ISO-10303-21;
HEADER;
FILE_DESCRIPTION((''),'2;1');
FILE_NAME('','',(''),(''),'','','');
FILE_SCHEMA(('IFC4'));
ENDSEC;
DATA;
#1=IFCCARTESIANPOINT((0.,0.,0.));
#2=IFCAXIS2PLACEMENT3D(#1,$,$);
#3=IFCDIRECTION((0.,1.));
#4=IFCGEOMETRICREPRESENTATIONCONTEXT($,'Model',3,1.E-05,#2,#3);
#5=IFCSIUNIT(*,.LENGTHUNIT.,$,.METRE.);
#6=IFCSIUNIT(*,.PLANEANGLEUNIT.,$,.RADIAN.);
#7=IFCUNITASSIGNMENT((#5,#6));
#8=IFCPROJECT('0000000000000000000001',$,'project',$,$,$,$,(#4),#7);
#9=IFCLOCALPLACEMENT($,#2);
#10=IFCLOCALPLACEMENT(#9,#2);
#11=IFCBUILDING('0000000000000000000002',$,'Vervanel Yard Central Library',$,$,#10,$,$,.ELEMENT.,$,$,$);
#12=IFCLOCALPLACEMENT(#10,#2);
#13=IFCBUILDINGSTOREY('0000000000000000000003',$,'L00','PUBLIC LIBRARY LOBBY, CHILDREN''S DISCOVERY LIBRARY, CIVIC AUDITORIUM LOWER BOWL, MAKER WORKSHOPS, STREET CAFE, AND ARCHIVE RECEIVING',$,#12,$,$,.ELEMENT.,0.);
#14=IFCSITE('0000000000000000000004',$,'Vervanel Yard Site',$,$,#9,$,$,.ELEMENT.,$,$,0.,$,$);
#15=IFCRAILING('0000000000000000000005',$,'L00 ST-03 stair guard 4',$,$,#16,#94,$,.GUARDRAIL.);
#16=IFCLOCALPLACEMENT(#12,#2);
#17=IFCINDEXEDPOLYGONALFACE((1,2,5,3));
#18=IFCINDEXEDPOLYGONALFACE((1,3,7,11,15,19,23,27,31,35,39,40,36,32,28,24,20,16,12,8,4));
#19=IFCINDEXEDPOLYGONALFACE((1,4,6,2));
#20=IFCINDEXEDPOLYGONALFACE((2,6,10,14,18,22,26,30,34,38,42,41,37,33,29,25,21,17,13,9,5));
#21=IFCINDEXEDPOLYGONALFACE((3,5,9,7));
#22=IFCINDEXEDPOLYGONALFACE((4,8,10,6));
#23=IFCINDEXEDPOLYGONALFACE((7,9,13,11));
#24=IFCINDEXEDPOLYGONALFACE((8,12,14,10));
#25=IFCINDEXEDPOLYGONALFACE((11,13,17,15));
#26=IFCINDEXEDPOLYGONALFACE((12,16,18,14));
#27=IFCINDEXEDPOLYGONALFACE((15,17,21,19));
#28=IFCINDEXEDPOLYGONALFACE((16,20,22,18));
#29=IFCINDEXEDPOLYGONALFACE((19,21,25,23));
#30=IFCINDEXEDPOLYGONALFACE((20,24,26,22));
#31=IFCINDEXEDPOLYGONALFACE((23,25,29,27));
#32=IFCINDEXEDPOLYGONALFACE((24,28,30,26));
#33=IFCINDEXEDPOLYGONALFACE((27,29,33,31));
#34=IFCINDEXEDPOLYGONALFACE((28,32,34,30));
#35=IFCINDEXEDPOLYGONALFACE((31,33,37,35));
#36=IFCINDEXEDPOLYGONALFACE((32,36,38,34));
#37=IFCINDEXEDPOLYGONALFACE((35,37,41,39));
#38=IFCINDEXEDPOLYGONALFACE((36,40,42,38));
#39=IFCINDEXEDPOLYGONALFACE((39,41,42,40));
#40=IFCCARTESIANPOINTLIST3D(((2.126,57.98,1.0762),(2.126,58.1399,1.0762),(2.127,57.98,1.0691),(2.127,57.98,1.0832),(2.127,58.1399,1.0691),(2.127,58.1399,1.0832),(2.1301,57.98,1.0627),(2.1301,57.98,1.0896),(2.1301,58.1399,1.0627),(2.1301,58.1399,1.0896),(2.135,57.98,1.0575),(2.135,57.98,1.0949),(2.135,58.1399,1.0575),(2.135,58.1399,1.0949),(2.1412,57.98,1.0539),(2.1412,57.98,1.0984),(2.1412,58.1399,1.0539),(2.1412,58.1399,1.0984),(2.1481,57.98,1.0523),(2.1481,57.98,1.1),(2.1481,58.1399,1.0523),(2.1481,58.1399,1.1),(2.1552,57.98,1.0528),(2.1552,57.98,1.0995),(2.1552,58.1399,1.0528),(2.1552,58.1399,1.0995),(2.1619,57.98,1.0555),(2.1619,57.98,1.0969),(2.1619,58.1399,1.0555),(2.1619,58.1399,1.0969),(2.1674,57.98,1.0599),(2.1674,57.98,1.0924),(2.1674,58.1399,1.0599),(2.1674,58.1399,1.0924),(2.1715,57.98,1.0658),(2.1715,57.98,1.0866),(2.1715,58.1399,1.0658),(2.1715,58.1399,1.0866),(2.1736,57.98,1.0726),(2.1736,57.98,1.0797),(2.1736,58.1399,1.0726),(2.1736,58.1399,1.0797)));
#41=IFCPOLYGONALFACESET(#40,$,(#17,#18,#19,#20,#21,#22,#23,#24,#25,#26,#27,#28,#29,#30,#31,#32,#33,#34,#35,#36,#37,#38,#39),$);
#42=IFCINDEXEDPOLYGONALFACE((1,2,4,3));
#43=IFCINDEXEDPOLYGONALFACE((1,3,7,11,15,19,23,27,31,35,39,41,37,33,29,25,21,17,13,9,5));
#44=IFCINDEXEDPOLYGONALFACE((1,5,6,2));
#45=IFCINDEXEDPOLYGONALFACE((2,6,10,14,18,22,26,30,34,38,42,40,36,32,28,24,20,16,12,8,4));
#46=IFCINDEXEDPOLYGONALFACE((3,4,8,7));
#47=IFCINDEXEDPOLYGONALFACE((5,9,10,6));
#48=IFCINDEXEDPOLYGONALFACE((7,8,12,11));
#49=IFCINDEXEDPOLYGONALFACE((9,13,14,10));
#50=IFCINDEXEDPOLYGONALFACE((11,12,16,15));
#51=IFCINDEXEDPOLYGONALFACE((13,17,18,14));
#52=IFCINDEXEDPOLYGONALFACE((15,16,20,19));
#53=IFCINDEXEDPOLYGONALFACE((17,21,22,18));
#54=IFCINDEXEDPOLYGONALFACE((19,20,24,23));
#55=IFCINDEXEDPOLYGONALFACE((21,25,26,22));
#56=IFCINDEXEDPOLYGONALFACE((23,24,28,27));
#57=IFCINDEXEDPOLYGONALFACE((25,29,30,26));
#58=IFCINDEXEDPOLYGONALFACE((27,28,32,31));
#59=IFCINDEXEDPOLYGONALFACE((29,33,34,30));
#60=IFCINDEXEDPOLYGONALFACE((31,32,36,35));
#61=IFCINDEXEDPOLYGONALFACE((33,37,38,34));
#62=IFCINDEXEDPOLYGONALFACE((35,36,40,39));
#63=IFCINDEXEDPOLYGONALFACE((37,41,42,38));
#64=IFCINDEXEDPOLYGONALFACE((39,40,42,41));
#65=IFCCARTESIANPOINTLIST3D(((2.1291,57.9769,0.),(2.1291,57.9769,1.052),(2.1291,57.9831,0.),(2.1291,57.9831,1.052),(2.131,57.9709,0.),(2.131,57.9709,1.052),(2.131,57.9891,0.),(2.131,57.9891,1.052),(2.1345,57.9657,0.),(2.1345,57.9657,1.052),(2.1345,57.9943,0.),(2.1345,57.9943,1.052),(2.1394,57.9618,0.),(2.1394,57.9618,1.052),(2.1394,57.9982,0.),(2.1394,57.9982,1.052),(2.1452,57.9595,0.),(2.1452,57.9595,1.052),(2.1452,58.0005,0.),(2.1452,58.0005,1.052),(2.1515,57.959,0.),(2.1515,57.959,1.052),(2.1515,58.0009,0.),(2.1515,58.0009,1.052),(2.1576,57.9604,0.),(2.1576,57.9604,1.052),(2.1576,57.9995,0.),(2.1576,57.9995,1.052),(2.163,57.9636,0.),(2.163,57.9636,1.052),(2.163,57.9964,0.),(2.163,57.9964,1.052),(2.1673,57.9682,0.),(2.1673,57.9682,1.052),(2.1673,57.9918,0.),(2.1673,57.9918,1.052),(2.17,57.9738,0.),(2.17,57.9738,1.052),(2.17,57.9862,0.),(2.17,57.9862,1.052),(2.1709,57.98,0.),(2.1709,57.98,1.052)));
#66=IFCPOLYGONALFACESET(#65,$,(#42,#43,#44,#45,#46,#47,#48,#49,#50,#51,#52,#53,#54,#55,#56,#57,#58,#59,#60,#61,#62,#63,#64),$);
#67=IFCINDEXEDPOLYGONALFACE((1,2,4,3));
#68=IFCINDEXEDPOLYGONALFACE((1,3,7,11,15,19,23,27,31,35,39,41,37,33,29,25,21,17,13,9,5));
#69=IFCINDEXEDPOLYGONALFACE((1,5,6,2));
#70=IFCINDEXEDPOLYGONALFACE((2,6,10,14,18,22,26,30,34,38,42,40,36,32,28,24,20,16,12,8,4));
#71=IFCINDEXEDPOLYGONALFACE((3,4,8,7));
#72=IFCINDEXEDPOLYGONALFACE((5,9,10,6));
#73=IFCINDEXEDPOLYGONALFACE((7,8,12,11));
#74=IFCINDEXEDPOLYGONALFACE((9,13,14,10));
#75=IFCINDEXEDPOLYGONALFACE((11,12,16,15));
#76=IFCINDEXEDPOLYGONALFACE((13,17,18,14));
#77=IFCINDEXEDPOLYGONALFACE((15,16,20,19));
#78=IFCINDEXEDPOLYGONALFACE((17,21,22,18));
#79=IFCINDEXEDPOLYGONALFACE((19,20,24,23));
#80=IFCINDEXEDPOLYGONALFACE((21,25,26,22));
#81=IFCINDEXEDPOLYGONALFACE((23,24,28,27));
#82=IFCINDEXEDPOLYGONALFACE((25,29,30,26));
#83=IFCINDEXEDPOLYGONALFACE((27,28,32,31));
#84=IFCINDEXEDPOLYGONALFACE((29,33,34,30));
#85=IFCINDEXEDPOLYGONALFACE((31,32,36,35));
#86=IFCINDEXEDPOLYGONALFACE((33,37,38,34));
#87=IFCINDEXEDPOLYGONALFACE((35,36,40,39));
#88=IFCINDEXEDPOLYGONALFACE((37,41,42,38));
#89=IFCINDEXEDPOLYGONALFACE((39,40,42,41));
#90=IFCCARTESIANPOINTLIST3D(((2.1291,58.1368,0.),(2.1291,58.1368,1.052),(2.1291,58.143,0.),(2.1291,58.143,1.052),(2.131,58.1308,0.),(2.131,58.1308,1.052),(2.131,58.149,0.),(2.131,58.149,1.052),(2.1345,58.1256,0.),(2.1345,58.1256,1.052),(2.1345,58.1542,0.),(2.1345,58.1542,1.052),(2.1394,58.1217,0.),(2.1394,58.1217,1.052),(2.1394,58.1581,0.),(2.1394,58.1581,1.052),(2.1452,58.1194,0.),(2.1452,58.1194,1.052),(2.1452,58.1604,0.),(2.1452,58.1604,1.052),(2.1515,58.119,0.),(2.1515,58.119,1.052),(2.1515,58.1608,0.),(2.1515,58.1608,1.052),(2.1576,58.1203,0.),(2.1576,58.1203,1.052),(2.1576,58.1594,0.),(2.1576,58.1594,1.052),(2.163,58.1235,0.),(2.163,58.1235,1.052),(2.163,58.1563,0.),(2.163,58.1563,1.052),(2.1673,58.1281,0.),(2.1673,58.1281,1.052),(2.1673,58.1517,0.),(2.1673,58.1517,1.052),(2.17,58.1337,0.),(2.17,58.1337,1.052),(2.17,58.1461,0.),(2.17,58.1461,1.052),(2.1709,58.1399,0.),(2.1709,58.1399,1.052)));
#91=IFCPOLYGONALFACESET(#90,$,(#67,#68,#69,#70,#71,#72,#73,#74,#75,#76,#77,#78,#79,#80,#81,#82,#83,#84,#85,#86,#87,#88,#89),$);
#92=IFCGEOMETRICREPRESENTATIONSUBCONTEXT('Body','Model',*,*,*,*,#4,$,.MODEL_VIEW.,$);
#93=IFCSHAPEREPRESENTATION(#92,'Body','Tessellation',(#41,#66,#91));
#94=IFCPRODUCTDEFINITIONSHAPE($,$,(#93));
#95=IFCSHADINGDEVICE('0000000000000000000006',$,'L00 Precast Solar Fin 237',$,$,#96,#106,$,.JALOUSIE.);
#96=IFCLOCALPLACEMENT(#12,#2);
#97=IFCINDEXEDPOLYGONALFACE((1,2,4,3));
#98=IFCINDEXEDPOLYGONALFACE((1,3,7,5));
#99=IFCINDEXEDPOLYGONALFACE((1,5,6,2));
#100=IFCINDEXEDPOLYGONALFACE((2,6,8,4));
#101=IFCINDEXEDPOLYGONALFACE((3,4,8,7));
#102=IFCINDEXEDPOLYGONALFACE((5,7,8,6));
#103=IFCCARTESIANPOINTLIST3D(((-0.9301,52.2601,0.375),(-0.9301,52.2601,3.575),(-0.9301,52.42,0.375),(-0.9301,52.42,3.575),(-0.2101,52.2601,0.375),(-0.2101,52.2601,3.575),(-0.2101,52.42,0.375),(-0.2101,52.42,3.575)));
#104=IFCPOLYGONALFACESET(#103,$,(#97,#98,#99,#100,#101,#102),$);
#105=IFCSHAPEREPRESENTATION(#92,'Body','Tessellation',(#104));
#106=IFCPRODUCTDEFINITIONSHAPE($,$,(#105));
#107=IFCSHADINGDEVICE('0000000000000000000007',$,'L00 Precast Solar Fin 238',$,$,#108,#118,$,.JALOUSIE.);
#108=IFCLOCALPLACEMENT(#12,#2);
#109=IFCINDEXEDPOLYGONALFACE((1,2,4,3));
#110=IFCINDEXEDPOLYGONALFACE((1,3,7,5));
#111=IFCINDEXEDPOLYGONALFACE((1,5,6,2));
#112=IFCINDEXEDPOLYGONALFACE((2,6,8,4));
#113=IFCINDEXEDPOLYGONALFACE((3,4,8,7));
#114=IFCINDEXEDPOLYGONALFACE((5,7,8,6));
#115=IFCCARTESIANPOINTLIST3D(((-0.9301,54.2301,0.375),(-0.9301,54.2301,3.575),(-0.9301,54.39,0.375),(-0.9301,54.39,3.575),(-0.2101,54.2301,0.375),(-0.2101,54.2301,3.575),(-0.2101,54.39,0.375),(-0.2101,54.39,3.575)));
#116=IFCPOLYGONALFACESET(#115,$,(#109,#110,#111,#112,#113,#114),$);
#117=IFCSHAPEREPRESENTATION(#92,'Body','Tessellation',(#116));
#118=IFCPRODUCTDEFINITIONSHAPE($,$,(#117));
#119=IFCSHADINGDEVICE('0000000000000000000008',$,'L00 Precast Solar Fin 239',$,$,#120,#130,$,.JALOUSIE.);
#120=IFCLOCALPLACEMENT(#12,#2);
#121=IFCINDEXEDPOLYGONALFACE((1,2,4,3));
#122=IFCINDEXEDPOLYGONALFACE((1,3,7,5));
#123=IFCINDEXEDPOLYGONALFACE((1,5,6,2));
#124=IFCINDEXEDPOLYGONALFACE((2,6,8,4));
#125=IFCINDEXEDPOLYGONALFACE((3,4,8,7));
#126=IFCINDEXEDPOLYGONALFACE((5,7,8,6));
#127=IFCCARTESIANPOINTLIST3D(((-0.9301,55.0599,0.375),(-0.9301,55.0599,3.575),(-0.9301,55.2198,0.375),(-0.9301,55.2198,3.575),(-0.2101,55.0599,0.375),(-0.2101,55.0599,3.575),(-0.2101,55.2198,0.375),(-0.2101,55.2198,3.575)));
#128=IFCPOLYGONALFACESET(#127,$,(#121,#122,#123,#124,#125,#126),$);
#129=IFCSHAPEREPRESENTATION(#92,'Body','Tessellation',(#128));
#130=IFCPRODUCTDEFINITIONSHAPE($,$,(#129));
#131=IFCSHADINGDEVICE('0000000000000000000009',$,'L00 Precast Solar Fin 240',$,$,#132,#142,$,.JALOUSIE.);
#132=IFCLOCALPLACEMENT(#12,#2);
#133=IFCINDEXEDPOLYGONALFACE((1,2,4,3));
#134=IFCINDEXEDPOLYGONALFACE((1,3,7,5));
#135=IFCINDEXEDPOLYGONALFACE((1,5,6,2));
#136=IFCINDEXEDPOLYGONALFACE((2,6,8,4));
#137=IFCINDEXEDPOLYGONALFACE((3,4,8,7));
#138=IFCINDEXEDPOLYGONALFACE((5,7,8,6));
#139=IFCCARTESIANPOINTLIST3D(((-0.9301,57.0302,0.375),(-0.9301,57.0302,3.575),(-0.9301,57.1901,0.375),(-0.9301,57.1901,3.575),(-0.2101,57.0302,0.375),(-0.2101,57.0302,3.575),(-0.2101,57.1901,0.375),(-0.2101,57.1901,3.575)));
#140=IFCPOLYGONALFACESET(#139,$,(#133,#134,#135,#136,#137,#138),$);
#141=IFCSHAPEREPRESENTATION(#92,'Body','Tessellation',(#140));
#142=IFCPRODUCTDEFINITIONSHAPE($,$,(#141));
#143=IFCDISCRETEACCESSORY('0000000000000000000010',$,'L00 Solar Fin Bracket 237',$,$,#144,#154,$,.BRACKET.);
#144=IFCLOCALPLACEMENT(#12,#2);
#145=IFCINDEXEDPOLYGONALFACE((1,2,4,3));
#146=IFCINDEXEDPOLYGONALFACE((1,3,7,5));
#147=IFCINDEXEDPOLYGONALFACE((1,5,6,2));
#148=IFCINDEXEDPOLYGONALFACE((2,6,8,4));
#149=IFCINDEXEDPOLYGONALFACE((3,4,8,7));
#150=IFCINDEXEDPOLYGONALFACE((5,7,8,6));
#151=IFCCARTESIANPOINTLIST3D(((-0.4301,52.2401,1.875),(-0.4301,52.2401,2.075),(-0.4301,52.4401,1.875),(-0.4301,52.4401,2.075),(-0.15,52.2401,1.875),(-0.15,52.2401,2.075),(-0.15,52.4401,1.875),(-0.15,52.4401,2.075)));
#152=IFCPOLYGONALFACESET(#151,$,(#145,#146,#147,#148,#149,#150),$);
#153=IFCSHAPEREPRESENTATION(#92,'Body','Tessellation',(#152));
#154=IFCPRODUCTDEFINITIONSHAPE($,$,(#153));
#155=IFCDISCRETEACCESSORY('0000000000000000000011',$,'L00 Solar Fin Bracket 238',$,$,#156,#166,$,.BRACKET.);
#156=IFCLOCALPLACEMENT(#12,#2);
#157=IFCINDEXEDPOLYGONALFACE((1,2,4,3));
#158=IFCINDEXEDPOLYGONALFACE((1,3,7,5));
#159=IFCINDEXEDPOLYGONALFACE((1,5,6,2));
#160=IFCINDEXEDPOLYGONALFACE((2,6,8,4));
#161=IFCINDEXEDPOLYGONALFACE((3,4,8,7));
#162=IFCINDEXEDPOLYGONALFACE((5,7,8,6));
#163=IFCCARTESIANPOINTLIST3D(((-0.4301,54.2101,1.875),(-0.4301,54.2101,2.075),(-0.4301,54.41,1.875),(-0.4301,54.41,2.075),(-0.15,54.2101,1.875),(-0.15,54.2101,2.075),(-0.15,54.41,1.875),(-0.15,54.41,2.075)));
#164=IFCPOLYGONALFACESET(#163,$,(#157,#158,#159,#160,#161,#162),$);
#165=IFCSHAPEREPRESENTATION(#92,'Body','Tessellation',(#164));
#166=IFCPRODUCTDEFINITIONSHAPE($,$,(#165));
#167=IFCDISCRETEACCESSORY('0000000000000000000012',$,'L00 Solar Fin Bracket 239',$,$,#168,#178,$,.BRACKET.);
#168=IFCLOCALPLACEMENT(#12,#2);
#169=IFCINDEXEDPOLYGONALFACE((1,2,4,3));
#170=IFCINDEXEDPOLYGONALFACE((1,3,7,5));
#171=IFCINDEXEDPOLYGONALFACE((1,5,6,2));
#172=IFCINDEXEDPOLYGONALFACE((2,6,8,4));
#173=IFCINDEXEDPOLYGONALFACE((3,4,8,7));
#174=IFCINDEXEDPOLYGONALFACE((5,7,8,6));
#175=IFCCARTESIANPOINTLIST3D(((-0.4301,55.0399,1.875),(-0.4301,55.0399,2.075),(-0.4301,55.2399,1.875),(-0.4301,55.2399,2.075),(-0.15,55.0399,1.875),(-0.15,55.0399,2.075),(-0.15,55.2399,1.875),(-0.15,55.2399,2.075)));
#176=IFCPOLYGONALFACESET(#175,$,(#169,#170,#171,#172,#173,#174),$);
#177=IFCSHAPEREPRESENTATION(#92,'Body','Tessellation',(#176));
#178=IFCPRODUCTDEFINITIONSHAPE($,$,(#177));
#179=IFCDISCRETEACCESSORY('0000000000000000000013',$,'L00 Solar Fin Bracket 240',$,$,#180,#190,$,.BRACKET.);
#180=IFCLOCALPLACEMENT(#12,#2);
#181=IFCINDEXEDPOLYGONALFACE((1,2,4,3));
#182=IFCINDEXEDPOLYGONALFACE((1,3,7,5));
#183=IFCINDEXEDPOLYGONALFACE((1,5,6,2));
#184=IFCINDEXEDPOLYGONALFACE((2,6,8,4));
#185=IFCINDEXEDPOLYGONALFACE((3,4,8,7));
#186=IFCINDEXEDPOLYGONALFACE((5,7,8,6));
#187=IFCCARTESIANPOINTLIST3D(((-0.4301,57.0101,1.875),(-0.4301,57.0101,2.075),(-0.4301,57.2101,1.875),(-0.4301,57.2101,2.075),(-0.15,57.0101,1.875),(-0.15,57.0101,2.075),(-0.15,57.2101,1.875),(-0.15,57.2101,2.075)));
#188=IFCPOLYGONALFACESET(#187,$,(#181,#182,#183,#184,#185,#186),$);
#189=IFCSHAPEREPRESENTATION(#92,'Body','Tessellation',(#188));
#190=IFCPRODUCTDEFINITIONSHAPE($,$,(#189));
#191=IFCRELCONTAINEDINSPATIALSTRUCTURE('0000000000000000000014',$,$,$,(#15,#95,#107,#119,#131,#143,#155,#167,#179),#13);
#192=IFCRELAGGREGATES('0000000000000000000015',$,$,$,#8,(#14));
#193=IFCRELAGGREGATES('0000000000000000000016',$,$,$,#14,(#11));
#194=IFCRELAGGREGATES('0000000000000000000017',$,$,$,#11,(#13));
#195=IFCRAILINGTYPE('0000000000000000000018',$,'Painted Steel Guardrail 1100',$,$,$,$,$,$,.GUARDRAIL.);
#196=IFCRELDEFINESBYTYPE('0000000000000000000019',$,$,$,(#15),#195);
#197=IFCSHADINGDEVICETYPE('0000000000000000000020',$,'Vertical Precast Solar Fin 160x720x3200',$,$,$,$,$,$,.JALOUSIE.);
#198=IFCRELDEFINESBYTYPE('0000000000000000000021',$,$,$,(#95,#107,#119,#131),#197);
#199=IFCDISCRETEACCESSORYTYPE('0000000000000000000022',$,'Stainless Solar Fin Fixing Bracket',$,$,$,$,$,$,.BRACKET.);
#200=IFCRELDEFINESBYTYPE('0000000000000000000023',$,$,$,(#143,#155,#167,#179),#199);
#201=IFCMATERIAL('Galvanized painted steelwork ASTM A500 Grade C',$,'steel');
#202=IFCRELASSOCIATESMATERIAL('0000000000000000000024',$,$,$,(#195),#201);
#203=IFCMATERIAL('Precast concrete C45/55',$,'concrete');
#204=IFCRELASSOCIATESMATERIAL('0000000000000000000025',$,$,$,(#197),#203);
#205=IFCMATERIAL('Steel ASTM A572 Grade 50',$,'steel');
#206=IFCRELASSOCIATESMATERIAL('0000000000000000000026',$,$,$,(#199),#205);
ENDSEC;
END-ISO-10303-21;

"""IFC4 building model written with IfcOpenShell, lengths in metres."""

from ifc_helpers import new_model, si_unit, direction, frame, origin, origin_2d, place, context, subcontext, project, spatial, rectangle, circle, extrude, material, type_object, element, save


model = new_model("IFC4")

# Units and contexts
model_context = context("Model", 3, precision=1e-05, world=origin(), true_north=direction((0.0, 1.0)))
body_context = subcontext(model_context, "Body", "Model", "MODEL_VIEW")
ifc_project = project(units=[si_unit("LENGTHUNIT", "METRE"), si_unit("PLANEANGLEUNIT", "RADIAN")], contexts=[model_context])

# Site, building, storey
site_placement = place(None, origin())
site = spatial("IfcSite", under=ifc_project, at=site_placement, Name="Vervanel Yard Site", CompositionType="ELEMENT", RefElevation=0.0)
building_placement = place(site_placement, origin())
building = spatial("IfcBuilding", under=site, at=building_placement, Name="Vervanel Yard Central Library", CompositionType="ELEMENT")
storey_placement = place(building_placement, origin())
storey = spatial("IfcBuildingStorey", under=building, at=storey_placement, Name="L00", Description="PUBLIC LIBRARY LOBBY, CHILDREN'S DISCOVERY LIBRARY, CIVIC AUDITORIUM LOWER BOWL, MAKER WORKSHOPS, STREET CAFE, AND ARCHIVE RECEIVING", CompositionType="ELEMENT", Elevation=0.0)

# Shared definitions
ifc_material_1 = material(Name="Galvanized painted steelwork ASTM A500 Grade C", Category="steel")

# Shared definitions
ifc_material_2 = material(Name="Precast concrete C45/55", Category="concrete")

# Railing
railing_type_1 = type_object("IfcRailingType", Name="Painted Steel Guardrail 1100", PredefinedType="GUARDRAIL", material=ifc_material_1)
railing_1_placement = place(storey_placement, frame((2.1499, 57.98, 0.0)))
element("IfcRailing", 1, at=railing_1_placement, inside=storey, type_object=railing_type_1, Name="L00 ST-03 stair guard 4", PredefinedType="GUARDRAIL", context=body_context, shape_type="SweptSolid", body=[
    extrude(circle(Radius=0.0239, at=origin_2d()), frame((0.0, 0.0, 1.0762), z_axis=(0.0, 1.0, 0.0), x_axis=(-1.0, 0.0, 0.0)), (0.0, 0.0, 1.0), 0.1599),
    extrude(circle(Radius=0.021, at=origin_2d()), origin(), (0.0, 0.0, 1.0), 1.052),
    extrude(circle(Radius=0.021, at=origin_2d()), frame((0.0, 0.1599, 0.0)), (0.0, 0.0, 1.0), 1.052),
])

# Shading devices
shading_device_type = type_object("IfcShadingDeviceType", Name="Vertical Precast Solar Fin 160x720x3200", PredefinedType="JALOUSIE", material=ifc_material_2)
for number, where, z_axis, x_axis, name in (
    (2, (-0.5701, 52.3401, 0.375), (0.0, 0.0, 1.0), (0.0, 1.0, 0.0), "L00 Precast Solar Fin 237"),
    (3, (-0.5701, 54.3101, 0.375), (0.0, 0.0, 1.0), (0.0, 1.0, 0.0), "L00 Precast Solar Fin 238"),
    (4, (-0.5701, 55.1399, 0.375), (0.0, 0.0, 1.0), (0.0, 1.0, 0.0), "L00 Precast Solar Fin 239"),
    (5, (-0.5701, 57.1101, 0.375), (0.0, 0.0, 1.0), (0.0, 1.0, 0.0), "L00 Precast Solar Fin 240"),
):
    element("IfcShadingDevice", number, at=place(storey_placement, frame(where, z_axis=z_axis, x_axis=x_axis)), inside=storey, type_object=shading_device_type, Name=name, PredefinedType="JALOUSIE", context=body_context, shape_type="SweptSolid", body=[
        extrude(rectangle(XDim=0.1599, YDim=0.72, at=origin_2d()), origin(), (0.0, 0.0, 1.0), 3.2),
    ])

# Discrete accessories
ifc_material_3 = material(Name="Steel ASTM A572 Grade 50", Category="steel")
discrete_accessory_type = type_object("IfcDiscreteAccessoryType", Name="Stainless Solar Fin Fixing Bracket", PredefinedType="BRACKET", material=ifc_material_3)
for number, where, z_axis, x_axis, name in (
    (6, (-0.29, 52.3401, 1.875), (0.0, 0.0, 1.0), (0.0, 1.0, 0.0), "L00 Solar Fin Bracket 237"),
    (7, (-0.29, 54.3101, 1.875), (0.0, 0.0, 1.0), (0.0, 1.0, 0.0), "L00 Solar Fin Bracket 238"),
    (8, (-0.29, 55.1399, 1.875), (0.0, 0.0, 1.0), (0.0, 1.0, 0.0), "L00 Solar Fin Bracket 239"),
    (9, (-0.29, 57.1101, 1.875), (0.0, 0.0, 1.0), (0.0, 1.0, 0.0), "L00 Solar Fin Bracket 240"),
):
    element("IfcDiscreteAccessory", number, at=place(storey_placement, frame(where, z_axis=z_axis, x_axis=x_axis)), inside=storey, type_object=discrete_accessory_type, Name=name, PredefinedType="BRACKET", context=body_context, shape_type="SweptSolid", body=[
        extrude(rectangle(XDim=0.2, YDim=0.28, at=origin_2d()), origin(), (0.0, 0.0, 1.0), 0.2),
    ])

save(model, "model.ifc")
